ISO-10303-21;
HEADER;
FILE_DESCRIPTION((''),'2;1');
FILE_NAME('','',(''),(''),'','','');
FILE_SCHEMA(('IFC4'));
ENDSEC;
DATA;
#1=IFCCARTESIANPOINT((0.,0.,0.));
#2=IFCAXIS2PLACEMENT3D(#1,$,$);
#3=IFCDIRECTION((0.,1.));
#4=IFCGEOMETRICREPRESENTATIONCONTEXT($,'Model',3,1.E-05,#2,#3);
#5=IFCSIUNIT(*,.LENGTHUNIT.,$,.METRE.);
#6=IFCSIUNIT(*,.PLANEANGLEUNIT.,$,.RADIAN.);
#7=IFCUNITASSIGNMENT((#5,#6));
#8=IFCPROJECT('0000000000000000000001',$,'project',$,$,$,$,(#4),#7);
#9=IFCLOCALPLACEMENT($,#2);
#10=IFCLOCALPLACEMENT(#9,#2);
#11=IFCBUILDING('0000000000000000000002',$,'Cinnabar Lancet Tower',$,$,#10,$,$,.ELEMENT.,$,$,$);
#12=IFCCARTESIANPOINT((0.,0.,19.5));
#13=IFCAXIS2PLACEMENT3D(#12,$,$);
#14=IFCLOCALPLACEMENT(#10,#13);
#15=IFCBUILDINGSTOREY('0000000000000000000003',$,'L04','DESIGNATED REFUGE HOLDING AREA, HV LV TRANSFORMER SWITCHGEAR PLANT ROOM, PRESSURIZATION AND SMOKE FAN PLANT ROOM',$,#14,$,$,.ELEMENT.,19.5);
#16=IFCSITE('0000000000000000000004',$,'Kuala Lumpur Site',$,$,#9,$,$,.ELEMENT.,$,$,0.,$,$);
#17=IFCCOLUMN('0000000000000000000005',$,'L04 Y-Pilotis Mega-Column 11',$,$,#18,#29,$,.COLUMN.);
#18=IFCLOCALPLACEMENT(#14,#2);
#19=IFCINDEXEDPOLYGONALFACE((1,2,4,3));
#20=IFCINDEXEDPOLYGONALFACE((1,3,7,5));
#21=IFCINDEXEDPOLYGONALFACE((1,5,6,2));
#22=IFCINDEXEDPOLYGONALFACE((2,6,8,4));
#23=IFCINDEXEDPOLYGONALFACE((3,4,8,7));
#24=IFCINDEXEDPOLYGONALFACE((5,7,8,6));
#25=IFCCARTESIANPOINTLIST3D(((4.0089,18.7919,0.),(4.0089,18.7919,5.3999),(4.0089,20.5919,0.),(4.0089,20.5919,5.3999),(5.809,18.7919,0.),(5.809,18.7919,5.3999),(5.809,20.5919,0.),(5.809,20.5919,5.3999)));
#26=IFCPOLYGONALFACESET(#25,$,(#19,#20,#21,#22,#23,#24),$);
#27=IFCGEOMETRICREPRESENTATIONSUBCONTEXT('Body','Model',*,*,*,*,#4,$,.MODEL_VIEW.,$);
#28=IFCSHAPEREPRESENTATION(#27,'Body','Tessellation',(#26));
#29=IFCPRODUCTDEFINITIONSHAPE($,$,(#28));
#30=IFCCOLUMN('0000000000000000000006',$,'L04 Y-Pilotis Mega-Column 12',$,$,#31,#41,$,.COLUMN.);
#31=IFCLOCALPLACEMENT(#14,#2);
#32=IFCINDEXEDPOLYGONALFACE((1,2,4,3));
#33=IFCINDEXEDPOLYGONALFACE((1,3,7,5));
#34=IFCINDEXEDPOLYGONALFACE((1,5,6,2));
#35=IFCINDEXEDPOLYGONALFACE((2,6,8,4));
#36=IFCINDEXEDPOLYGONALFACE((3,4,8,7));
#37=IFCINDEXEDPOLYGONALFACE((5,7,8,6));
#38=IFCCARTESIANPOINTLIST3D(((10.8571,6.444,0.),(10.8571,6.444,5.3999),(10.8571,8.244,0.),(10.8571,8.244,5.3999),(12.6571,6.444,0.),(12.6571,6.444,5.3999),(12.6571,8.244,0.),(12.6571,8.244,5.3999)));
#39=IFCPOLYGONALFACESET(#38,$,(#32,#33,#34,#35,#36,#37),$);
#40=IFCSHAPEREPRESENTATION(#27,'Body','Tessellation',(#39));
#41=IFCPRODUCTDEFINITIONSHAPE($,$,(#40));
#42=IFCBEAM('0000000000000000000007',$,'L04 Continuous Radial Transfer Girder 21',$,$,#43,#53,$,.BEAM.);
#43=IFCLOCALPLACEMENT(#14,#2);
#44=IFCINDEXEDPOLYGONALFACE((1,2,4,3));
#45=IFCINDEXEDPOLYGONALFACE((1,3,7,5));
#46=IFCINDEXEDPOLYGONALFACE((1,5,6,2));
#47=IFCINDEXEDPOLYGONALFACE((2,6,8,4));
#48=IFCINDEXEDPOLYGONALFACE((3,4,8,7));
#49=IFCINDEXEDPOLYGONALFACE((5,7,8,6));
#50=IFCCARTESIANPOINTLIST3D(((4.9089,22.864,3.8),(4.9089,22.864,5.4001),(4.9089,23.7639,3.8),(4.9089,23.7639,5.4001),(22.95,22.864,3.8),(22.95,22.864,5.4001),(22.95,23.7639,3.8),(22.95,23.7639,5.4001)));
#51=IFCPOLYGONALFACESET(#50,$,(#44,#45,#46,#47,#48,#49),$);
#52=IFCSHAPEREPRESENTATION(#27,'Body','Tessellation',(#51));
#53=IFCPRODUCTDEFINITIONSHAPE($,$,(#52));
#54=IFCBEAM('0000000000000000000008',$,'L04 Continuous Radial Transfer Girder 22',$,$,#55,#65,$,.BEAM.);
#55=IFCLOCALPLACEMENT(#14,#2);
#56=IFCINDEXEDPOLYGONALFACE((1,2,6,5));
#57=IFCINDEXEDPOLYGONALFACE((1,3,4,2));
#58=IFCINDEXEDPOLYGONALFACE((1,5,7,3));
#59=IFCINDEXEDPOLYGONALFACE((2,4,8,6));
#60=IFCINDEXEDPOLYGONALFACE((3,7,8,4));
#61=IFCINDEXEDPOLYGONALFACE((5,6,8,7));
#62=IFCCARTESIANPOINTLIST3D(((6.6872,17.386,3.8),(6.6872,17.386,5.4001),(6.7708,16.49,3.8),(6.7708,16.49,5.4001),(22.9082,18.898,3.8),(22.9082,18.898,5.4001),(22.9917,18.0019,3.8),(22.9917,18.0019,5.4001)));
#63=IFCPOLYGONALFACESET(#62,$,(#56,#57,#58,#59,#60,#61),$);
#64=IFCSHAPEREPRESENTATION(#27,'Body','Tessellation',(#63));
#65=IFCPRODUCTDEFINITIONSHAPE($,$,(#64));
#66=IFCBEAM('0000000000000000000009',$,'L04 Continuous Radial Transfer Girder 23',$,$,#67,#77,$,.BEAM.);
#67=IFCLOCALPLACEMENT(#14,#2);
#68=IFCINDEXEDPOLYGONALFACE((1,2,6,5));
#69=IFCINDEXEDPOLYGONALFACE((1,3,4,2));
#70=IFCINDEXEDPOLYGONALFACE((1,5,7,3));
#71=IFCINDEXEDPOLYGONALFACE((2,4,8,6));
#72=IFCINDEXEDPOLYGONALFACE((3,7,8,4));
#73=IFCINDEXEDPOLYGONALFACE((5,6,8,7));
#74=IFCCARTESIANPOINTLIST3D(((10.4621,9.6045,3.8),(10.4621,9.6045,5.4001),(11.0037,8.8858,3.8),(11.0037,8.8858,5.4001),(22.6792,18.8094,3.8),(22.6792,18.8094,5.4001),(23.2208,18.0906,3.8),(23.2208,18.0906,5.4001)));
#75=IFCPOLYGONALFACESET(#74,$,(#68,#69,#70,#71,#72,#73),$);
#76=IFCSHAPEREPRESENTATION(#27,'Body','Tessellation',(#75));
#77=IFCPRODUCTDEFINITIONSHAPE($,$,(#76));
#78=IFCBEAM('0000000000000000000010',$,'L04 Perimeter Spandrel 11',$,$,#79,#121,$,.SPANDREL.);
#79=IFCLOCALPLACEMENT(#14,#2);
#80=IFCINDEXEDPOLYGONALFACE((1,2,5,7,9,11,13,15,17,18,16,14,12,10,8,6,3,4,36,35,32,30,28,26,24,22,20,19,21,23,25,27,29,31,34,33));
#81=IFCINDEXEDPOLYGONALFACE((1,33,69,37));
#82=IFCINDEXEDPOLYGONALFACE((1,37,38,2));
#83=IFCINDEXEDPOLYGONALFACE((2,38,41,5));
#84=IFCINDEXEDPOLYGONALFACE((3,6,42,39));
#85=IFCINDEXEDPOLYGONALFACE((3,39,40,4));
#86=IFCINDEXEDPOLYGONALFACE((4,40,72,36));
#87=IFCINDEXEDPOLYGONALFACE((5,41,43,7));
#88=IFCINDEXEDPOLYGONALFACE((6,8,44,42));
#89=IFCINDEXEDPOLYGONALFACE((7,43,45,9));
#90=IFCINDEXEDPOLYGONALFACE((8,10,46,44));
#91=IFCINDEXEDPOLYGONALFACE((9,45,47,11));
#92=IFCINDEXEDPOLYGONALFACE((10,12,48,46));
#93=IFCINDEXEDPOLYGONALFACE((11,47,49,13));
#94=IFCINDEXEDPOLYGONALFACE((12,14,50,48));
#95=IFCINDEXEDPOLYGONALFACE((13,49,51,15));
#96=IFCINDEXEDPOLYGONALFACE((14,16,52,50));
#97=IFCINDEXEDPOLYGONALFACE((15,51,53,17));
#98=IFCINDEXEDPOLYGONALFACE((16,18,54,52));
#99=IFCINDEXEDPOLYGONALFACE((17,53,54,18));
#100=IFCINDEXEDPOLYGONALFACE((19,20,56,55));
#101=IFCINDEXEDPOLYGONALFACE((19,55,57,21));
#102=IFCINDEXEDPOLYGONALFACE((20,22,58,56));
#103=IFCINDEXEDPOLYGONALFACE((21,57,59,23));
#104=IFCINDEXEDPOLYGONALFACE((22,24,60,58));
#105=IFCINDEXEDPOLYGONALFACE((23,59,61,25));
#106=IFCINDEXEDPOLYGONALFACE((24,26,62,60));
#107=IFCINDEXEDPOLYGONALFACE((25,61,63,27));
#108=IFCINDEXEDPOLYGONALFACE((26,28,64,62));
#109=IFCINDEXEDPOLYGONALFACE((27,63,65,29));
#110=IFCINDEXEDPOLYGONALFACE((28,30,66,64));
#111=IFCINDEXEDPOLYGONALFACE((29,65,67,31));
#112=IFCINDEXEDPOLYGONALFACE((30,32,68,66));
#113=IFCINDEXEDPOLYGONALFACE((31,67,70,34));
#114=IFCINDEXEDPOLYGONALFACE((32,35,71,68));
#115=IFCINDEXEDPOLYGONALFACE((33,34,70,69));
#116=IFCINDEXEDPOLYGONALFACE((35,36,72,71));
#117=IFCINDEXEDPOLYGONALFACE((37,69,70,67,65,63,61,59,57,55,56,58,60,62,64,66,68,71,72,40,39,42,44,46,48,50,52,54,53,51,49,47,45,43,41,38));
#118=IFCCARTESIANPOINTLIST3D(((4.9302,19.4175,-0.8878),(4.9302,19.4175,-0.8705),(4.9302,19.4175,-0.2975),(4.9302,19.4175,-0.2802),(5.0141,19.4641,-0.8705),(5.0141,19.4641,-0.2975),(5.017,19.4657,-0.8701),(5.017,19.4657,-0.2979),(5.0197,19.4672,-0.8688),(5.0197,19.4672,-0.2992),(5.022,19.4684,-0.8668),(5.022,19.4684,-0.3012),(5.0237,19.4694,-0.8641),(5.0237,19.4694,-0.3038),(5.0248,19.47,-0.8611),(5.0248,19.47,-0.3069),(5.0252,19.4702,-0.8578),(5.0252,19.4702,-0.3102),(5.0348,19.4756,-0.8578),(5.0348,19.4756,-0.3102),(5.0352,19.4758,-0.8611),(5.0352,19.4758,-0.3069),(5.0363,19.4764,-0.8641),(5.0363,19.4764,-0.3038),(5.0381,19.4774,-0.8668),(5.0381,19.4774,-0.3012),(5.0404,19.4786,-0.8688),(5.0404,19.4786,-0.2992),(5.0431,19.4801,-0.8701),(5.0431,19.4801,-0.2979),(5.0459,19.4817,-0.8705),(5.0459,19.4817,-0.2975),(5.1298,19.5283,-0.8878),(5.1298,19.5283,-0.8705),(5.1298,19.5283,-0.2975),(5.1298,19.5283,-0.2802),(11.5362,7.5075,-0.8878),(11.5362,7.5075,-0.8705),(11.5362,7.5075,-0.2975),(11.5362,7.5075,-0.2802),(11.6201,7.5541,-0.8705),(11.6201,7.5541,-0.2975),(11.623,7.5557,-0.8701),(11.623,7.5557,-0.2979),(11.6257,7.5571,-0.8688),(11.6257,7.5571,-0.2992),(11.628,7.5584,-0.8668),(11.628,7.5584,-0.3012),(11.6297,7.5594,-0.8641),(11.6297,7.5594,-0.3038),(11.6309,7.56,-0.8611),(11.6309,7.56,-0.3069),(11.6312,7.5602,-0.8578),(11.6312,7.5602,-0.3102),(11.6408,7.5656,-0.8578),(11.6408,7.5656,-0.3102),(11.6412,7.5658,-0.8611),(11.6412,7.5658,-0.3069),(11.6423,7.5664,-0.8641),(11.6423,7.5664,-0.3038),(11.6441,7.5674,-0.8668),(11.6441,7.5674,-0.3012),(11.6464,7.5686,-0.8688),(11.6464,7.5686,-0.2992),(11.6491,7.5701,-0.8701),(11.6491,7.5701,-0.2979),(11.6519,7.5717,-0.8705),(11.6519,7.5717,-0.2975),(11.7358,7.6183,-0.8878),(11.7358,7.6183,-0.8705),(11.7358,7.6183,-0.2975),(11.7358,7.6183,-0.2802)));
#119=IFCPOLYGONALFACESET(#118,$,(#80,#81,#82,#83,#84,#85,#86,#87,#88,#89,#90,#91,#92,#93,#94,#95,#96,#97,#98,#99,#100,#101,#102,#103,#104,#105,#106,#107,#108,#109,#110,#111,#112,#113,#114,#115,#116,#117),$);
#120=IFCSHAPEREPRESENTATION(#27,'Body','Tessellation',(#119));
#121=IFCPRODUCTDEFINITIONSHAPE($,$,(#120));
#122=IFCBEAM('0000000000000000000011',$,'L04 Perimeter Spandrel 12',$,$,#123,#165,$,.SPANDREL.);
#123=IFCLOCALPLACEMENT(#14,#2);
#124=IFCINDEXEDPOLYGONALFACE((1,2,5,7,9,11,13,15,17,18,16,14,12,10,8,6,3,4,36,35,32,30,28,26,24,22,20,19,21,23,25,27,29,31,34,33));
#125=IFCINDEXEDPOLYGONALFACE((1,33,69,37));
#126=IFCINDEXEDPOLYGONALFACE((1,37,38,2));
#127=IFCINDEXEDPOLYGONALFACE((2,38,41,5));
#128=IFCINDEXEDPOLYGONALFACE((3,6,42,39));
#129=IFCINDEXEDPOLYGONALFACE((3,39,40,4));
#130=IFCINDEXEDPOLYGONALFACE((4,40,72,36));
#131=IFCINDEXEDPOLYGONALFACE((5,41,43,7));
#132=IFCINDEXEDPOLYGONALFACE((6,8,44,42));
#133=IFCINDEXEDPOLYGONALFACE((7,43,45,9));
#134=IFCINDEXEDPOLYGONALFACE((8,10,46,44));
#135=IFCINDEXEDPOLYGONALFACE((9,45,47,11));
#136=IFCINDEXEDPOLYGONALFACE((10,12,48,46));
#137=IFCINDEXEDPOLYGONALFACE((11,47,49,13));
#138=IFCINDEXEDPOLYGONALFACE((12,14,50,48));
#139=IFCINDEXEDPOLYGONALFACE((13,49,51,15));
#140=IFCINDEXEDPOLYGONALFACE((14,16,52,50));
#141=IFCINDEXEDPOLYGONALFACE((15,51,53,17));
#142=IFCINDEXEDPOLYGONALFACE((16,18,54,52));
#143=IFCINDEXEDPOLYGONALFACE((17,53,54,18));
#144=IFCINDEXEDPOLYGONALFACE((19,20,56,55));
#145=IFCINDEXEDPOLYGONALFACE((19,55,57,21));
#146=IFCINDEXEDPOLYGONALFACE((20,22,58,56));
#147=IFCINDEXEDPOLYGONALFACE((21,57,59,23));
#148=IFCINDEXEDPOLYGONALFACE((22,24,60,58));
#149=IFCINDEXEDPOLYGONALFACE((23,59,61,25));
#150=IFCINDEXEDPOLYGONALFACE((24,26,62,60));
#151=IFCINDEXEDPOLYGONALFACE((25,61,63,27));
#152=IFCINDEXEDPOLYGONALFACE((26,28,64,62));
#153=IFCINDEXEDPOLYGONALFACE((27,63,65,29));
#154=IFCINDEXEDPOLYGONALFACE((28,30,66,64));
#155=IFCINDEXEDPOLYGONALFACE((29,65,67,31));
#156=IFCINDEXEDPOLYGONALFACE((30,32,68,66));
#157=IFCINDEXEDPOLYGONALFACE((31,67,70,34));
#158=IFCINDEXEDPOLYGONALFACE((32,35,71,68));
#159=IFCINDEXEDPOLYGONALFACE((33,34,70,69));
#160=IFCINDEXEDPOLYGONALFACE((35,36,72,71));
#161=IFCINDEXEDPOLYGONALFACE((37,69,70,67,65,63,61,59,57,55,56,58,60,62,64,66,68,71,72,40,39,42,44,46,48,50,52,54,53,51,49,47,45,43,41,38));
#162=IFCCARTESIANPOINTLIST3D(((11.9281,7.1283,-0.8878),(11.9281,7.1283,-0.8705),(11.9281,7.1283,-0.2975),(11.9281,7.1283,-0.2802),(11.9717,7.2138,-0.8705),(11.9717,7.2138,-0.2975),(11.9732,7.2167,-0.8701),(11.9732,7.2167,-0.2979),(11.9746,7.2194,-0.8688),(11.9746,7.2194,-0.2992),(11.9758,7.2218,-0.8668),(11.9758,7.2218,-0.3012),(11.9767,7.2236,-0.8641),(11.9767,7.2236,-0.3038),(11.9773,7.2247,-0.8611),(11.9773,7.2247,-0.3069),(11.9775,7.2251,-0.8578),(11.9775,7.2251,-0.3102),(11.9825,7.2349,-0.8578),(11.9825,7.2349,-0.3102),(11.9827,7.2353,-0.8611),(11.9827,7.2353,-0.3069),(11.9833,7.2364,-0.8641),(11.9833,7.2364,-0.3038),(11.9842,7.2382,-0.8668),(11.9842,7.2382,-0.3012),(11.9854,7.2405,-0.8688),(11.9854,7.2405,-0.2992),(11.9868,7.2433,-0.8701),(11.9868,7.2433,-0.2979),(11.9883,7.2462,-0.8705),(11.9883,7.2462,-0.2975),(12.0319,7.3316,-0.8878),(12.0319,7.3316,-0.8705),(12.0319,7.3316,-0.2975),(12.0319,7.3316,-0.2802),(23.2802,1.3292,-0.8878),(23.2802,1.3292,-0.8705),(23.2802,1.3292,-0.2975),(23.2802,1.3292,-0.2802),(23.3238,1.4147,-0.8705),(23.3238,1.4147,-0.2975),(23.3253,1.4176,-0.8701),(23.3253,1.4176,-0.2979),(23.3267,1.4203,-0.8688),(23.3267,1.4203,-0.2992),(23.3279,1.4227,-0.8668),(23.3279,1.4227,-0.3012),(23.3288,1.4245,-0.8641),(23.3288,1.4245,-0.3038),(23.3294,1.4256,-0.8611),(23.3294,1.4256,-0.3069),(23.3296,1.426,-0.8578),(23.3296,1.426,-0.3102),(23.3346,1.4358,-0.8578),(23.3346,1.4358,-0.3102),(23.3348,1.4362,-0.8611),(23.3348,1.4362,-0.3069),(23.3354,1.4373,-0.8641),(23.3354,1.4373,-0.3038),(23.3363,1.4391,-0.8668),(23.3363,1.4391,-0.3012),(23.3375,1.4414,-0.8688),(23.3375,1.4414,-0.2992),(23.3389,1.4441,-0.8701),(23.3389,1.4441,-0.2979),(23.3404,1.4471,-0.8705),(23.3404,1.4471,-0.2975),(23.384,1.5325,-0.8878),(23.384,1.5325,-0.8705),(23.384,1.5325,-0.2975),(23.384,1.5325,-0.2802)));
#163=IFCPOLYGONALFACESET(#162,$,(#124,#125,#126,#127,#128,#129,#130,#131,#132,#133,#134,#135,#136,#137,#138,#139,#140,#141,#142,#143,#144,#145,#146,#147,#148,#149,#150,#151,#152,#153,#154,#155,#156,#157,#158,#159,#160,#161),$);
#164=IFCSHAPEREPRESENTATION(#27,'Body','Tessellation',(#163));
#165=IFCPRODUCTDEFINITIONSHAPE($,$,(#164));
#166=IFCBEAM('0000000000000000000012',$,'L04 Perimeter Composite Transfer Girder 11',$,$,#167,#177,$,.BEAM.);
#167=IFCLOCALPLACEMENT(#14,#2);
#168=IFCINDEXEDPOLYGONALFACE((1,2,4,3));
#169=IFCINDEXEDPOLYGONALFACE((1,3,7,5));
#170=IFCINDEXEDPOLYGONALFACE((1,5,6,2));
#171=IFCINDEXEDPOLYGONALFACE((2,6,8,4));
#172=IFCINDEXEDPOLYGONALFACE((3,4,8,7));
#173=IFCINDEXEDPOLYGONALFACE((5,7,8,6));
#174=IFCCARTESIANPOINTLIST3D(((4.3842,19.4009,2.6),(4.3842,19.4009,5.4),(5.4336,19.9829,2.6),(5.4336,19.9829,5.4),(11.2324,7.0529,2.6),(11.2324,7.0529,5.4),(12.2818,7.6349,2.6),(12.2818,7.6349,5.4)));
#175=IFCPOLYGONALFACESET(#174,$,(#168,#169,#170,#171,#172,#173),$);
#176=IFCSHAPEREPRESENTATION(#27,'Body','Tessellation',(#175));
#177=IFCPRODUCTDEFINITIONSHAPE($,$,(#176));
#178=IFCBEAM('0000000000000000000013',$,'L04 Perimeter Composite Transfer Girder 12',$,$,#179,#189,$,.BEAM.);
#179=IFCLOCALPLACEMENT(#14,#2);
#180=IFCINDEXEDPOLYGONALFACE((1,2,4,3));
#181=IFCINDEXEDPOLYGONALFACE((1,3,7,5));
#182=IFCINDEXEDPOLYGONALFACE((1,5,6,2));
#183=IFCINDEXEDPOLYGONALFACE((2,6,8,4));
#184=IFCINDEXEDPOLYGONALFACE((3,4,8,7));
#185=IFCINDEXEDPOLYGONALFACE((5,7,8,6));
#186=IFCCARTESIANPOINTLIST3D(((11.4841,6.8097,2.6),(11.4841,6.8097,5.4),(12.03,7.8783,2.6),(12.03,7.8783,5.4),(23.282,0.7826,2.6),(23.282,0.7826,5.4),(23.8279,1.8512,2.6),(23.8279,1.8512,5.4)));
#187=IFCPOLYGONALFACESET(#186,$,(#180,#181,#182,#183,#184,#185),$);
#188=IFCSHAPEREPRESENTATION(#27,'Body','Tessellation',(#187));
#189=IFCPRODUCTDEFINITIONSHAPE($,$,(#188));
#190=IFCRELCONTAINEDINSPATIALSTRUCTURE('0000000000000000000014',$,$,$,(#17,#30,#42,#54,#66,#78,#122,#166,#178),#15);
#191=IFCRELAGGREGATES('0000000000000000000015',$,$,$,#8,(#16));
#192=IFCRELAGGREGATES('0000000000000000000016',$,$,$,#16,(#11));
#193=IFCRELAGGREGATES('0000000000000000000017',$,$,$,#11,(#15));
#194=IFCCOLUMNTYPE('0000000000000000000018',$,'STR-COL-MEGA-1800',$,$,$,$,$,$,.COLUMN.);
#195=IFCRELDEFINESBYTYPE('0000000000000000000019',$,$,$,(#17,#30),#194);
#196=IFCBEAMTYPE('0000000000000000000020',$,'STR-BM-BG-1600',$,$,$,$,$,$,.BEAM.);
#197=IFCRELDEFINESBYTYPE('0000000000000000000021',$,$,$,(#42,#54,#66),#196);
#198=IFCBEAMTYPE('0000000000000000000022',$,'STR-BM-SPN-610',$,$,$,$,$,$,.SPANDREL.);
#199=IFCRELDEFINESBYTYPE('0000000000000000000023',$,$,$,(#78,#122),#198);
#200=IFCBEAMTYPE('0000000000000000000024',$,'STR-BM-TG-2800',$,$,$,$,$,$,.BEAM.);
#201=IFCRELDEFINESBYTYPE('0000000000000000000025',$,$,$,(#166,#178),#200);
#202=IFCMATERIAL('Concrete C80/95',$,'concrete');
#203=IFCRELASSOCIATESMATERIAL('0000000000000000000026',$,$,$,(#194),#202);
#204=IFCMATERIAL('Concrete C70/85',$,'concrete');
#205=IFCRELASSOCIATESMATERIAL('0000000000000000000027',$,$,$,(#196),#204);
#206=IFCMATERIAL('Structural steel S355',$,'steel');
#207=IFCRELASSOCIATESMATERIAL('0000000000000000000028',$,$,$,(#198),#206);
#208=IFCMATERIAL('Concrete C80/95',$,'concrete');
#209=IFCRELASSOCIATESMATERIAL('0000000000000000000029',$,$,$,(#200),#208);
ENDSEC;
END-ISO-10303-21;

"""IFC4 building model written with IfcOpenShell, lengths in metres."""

from ifc_helpers import new_model, si_unit, direction, frame, origin, origin_2d, place, context, subcontext, project, spatial, rectangle, i_section, extrude, material, material_profile, profile_set, type_object, element, save


model = new_model("IFC4")

# Units and contexts
model_context = context("Model", 3, precision=1e-05, world=origin(), true_north=direction((0.0, 1.0)))
body_context = subcontext(model_context, "Body", "Model", "MODEL_VIEW")
ifc_project = project(units=[si_unit("LENGTHUNIT", "METRE"), si_unit("PLANEANGLEUNIT", "RADIAN")], contexts=[model_context])

# Site, building, storey
site_placement = place(None, origin())
site = spatial("IfcSite", under=ifc_project, at=site_placement, Name="Kuala Lumpur Site", CompositionType="ELEMENT", RefElevation=0.0)
building_placement = place(site_placement, origin())
building = spatial("IfcBuilding", under=site, at=building_placement, Name="Cinnabar Lancet Tower", CompositionType="ELEMENT")
storey_placement = place(building_placement, frame((0.0, 0.0, 19.5)))
storey = spatial("IfcBuildingStorey", under=building, at=storey_placement, Name="L04", Description="DESIGNATED REFUGE HOLDING AREA, HV LV TRANSFORMER SWITCHGEAR PLANT ROOM, PRESSURIZATION AND SMOKE FAN PLANT ROOM", CompositionType="ELEMENT", Elevation=19.5)

# Columns
ifc_material_1 = material(Name="Concrete C80/95", Category="concrete")
ifc_material_profile_1 = material_profile(ifc_material_1, rectangle(XDim=1.8, YDim=1.8, at=origin_2d()), Name="RC-MEGA 1800x1800")
ifc_profile_set_1 = profile_set([ifc_material_profile_1], Name="Concrete C80/95")
column_type = type_object("IfcColumnType", Name="STR-COL-MEGA-1800", PredefinedType="COLUMN", material=ifc_profile_set_1)
for number, where, z_axis, x_axis, name in (
    (1, (4.9089, 19.6919, 0.0), (0.0, 0.0, 1.0), (1.0, 0.0, 0.0), "L04 Y-Pilotis Mega-Column 11"),
    (2, (11.7571, 7.344, 0.0), (0.0, 0.0, 1.0), (1.0, 0.0, 0.0), "L04 Y-Pilotis Mega-Column 12"),
):
    element("IfcColumn", number, at=place(storey_placement, frame(where, z_axis=z_axis, x_axis=x_axis)), inside=storey, type_object=column_type, Name=name, PredefinedType="COLUMN", context=body_context, shape_type="SweptSolid", body=[
        extrude(rectangle(XDim=1.8, YDim=1.8, at=origin_2d()), origin(), (0.0, 0.0, 1.0), 5.3999),
    ])

# Beams
ifc_material_2 = material(Name="Concrete C70/85", Category="concrete")
ifc_material_profile_2 = material_profile(ifc_material_2, rectangle(XDim=0.8999, YDim=1.6001, at=origin_2d()), Name="RC-BG 900x1600")
ifc_profile_set_2 = profile_set([ifc_material_profile_2], Name="Concrete C70/85")
beam_type_1 = type_object("IfcBeamType", Name="STR-BM-BG-1600", PredefinedType="BEAM", material=ifc_profile_set_2)
beam_1_placement = place(storey_placement, frame((4.9089, 23.314, 4.6001), z_axis=(1.0, 0.0, 0.0), x_axis=(0.0, 1.0, 0.0)))
element("IfcBeam", 3, at=beam_1_placement, inside=storey, type_object=beam_type_1, Name="L04 Continuous Radial Transfer Girder 21", PredefinedType="BEAM", context=body_context, shape_type="SweptSolid", body=[
    extrude(rectangle(XDim=0.8999, YDim=1.6001, at=origin_2d()), origin(), (0.0, 0.0, 1.0), 18.041),
])
beam_2_placement = place(storey_placement, frame((6.729, 16.938, 4.6001), z_axis=(0.995684, 0.092808, 0.0), x_axis=(-0.092808, 0.995684, 0.0)))
element("IfcBeam", 4, at=beam_2_placement, inside=storey, type_object=beam_type_1, Name="L04 Continuous Radial Transfer Girder 22", PredefinedType="BEAM", context=body_context, shape_type="SweptSolid", body=[
    extrude(rectangle(XDim=0.8999, YDim=1.6001, at=origin_2d()), origin(), (0.0, 0.0, 1.0), 16.2913),
])
beam_3_placement = place(storey_placement, frame((10.7329, 9.2451, 4.6001), z_axis=(0.798678, 0.601758, 0.0), x_axis=(-0.601758, 0.798678, 0.0)))
element("IfcBeam", 5, at=beam_3_placement, inside=storey, type_object=beam_type_1, Name="L04 Continuous Radial Transfer Girder 23", PredefinedType="BEAM", context=body_context, shape_type="SweptSolid", body=[
    extrude(rectangle(XDim=0.8999, YDim=1.6001, at=origin_2d()), origin(), (0.0, 0.0, 1.0), 15.2966),
])
ifc_material_3 = material(Name="Structural steel S355", Category="steel")
ifc_material_profile_3 = material_profile(ifc_material_3, i_section(OverallWidth=0.2283, OverallDepth=0.6077, WebThickness=0.011, FlangeThickness=0.0173, FilletRadius=0.0127, at=origin_2d()), Name="UKB 610x229x113")
ifc_profile_set_3 = profile_set([ifc_material_profile_3], Name="Structural steel S355")
beam_type_2 = type_object("IfcBeamType", Name="STR-BM-SPN-610", PredefinedType="SPANDREL", material=ifc_profile_set_3)
beam_4_placement = place(storey_placement, frame((5.03, 19.4729, -0.584), z_axis=(0.485045, -0.874489, 0.0), x_axis=(0.874489, 0.485045, 0.0)))
element("IfcBeam", 6, at=beam_4_placement, inside=storey, type_object=beam_type_2, Name="L04 Perimeter Spandrel 11", PredefinedType="SPANDREL", context=body_context, shape_type="SweptSolid", body=[
    extrude(i_section(OverallWidth=0.2283, OverallDepth=0.6077, WebThickness=0.011, FlangeThickness=0.0173, FilletRadius=0.0127, at=origin_2d()), origin(), (0.0, 0.0, 1.0), 13.6194),
])
beam_5_placement = place(storey_placement, frame((11.98, 7.23, -0.584), z_axis=(0.890533, -0.454919, 0.0), x_axis=(0.454919, 0.890533, 0.0)))
element("IfcBeam", 7, at=beam_5_placement, inside=storey, type_object=beam_type_2, Name="L04 Perimeter Spandrel 12", PredefinedType="SPANDREL", context=body_context, shape_type="SweptSolid", body=[
    extrude(i_section(OverallWidth=0.2283, OverallDepth=0.6077, WebThickness=0.011, FlangeThickness=0.0173, FilletRadius=0.0127, at=origin_2d()), origin(), (0.0, 0.0, 1.0), 12.7476),
])
ifc_material_4 = material(Name="Concrete C80/95", Category="concrete")
ifc_material_profile_4 = material_profile(ifc_material_4, rectangle(XDim=1.2, YDim=2.8, at=origin_2d()), Name="RC-TG 1200x2800")
ifc_profile_set_4 = profile_set([ifc_material_profile_4], Name="Concrete C80/95")
beam_type_3 = type_object("IfcBeamType", Name="STR-BM-TG-2800", PredefinedType="BEAM", material=ifc_profile_set_4)
beam_6_placement = place(storey_placement, frame((4.9089, 19.6919, 4.0), z_axis=(0.485004, -0.874512, 0.0), x_axis=(0.874512, 0.485004, 0.0)))
element("IfcBeam", 8, at=beam_6_placement, inside=storey, type_object=beam_type_3, Name="L04 Perimeter Composite Transfer Girder 11", PredefinedType="BEAM", context=body_context, shape_type="SweptSolid", body=[
    extrude(rectangle(XDim=1.2, YDim=2.8, at=origin_2d()), origin(), (0.0, 0.0, 1.0), 14.1199),
])
beam_7_placement = place(storey_placement, frame((11.7571, 7.344, 4.0), z_axis=(0.890524, -0.454937, 0.0), x_axis=(0.454937, 0.890524, 0.0)))
element("IfcBeam", 9, at=beam_7_placement, inside=storey, type_object=beam_type_3, Name="L04 Perimeter Composite Transfer Girder 12", PredefinedType="BEAM", context=body_context, shape_type="SweptSolid", body=[
    extrude(rectangle(XDim=1.2, YDim=2.8, at=origin_2d()), origin(), (0.0, 0.0, 1.0), 13.2483),
])

save(model, "model.ifc")
